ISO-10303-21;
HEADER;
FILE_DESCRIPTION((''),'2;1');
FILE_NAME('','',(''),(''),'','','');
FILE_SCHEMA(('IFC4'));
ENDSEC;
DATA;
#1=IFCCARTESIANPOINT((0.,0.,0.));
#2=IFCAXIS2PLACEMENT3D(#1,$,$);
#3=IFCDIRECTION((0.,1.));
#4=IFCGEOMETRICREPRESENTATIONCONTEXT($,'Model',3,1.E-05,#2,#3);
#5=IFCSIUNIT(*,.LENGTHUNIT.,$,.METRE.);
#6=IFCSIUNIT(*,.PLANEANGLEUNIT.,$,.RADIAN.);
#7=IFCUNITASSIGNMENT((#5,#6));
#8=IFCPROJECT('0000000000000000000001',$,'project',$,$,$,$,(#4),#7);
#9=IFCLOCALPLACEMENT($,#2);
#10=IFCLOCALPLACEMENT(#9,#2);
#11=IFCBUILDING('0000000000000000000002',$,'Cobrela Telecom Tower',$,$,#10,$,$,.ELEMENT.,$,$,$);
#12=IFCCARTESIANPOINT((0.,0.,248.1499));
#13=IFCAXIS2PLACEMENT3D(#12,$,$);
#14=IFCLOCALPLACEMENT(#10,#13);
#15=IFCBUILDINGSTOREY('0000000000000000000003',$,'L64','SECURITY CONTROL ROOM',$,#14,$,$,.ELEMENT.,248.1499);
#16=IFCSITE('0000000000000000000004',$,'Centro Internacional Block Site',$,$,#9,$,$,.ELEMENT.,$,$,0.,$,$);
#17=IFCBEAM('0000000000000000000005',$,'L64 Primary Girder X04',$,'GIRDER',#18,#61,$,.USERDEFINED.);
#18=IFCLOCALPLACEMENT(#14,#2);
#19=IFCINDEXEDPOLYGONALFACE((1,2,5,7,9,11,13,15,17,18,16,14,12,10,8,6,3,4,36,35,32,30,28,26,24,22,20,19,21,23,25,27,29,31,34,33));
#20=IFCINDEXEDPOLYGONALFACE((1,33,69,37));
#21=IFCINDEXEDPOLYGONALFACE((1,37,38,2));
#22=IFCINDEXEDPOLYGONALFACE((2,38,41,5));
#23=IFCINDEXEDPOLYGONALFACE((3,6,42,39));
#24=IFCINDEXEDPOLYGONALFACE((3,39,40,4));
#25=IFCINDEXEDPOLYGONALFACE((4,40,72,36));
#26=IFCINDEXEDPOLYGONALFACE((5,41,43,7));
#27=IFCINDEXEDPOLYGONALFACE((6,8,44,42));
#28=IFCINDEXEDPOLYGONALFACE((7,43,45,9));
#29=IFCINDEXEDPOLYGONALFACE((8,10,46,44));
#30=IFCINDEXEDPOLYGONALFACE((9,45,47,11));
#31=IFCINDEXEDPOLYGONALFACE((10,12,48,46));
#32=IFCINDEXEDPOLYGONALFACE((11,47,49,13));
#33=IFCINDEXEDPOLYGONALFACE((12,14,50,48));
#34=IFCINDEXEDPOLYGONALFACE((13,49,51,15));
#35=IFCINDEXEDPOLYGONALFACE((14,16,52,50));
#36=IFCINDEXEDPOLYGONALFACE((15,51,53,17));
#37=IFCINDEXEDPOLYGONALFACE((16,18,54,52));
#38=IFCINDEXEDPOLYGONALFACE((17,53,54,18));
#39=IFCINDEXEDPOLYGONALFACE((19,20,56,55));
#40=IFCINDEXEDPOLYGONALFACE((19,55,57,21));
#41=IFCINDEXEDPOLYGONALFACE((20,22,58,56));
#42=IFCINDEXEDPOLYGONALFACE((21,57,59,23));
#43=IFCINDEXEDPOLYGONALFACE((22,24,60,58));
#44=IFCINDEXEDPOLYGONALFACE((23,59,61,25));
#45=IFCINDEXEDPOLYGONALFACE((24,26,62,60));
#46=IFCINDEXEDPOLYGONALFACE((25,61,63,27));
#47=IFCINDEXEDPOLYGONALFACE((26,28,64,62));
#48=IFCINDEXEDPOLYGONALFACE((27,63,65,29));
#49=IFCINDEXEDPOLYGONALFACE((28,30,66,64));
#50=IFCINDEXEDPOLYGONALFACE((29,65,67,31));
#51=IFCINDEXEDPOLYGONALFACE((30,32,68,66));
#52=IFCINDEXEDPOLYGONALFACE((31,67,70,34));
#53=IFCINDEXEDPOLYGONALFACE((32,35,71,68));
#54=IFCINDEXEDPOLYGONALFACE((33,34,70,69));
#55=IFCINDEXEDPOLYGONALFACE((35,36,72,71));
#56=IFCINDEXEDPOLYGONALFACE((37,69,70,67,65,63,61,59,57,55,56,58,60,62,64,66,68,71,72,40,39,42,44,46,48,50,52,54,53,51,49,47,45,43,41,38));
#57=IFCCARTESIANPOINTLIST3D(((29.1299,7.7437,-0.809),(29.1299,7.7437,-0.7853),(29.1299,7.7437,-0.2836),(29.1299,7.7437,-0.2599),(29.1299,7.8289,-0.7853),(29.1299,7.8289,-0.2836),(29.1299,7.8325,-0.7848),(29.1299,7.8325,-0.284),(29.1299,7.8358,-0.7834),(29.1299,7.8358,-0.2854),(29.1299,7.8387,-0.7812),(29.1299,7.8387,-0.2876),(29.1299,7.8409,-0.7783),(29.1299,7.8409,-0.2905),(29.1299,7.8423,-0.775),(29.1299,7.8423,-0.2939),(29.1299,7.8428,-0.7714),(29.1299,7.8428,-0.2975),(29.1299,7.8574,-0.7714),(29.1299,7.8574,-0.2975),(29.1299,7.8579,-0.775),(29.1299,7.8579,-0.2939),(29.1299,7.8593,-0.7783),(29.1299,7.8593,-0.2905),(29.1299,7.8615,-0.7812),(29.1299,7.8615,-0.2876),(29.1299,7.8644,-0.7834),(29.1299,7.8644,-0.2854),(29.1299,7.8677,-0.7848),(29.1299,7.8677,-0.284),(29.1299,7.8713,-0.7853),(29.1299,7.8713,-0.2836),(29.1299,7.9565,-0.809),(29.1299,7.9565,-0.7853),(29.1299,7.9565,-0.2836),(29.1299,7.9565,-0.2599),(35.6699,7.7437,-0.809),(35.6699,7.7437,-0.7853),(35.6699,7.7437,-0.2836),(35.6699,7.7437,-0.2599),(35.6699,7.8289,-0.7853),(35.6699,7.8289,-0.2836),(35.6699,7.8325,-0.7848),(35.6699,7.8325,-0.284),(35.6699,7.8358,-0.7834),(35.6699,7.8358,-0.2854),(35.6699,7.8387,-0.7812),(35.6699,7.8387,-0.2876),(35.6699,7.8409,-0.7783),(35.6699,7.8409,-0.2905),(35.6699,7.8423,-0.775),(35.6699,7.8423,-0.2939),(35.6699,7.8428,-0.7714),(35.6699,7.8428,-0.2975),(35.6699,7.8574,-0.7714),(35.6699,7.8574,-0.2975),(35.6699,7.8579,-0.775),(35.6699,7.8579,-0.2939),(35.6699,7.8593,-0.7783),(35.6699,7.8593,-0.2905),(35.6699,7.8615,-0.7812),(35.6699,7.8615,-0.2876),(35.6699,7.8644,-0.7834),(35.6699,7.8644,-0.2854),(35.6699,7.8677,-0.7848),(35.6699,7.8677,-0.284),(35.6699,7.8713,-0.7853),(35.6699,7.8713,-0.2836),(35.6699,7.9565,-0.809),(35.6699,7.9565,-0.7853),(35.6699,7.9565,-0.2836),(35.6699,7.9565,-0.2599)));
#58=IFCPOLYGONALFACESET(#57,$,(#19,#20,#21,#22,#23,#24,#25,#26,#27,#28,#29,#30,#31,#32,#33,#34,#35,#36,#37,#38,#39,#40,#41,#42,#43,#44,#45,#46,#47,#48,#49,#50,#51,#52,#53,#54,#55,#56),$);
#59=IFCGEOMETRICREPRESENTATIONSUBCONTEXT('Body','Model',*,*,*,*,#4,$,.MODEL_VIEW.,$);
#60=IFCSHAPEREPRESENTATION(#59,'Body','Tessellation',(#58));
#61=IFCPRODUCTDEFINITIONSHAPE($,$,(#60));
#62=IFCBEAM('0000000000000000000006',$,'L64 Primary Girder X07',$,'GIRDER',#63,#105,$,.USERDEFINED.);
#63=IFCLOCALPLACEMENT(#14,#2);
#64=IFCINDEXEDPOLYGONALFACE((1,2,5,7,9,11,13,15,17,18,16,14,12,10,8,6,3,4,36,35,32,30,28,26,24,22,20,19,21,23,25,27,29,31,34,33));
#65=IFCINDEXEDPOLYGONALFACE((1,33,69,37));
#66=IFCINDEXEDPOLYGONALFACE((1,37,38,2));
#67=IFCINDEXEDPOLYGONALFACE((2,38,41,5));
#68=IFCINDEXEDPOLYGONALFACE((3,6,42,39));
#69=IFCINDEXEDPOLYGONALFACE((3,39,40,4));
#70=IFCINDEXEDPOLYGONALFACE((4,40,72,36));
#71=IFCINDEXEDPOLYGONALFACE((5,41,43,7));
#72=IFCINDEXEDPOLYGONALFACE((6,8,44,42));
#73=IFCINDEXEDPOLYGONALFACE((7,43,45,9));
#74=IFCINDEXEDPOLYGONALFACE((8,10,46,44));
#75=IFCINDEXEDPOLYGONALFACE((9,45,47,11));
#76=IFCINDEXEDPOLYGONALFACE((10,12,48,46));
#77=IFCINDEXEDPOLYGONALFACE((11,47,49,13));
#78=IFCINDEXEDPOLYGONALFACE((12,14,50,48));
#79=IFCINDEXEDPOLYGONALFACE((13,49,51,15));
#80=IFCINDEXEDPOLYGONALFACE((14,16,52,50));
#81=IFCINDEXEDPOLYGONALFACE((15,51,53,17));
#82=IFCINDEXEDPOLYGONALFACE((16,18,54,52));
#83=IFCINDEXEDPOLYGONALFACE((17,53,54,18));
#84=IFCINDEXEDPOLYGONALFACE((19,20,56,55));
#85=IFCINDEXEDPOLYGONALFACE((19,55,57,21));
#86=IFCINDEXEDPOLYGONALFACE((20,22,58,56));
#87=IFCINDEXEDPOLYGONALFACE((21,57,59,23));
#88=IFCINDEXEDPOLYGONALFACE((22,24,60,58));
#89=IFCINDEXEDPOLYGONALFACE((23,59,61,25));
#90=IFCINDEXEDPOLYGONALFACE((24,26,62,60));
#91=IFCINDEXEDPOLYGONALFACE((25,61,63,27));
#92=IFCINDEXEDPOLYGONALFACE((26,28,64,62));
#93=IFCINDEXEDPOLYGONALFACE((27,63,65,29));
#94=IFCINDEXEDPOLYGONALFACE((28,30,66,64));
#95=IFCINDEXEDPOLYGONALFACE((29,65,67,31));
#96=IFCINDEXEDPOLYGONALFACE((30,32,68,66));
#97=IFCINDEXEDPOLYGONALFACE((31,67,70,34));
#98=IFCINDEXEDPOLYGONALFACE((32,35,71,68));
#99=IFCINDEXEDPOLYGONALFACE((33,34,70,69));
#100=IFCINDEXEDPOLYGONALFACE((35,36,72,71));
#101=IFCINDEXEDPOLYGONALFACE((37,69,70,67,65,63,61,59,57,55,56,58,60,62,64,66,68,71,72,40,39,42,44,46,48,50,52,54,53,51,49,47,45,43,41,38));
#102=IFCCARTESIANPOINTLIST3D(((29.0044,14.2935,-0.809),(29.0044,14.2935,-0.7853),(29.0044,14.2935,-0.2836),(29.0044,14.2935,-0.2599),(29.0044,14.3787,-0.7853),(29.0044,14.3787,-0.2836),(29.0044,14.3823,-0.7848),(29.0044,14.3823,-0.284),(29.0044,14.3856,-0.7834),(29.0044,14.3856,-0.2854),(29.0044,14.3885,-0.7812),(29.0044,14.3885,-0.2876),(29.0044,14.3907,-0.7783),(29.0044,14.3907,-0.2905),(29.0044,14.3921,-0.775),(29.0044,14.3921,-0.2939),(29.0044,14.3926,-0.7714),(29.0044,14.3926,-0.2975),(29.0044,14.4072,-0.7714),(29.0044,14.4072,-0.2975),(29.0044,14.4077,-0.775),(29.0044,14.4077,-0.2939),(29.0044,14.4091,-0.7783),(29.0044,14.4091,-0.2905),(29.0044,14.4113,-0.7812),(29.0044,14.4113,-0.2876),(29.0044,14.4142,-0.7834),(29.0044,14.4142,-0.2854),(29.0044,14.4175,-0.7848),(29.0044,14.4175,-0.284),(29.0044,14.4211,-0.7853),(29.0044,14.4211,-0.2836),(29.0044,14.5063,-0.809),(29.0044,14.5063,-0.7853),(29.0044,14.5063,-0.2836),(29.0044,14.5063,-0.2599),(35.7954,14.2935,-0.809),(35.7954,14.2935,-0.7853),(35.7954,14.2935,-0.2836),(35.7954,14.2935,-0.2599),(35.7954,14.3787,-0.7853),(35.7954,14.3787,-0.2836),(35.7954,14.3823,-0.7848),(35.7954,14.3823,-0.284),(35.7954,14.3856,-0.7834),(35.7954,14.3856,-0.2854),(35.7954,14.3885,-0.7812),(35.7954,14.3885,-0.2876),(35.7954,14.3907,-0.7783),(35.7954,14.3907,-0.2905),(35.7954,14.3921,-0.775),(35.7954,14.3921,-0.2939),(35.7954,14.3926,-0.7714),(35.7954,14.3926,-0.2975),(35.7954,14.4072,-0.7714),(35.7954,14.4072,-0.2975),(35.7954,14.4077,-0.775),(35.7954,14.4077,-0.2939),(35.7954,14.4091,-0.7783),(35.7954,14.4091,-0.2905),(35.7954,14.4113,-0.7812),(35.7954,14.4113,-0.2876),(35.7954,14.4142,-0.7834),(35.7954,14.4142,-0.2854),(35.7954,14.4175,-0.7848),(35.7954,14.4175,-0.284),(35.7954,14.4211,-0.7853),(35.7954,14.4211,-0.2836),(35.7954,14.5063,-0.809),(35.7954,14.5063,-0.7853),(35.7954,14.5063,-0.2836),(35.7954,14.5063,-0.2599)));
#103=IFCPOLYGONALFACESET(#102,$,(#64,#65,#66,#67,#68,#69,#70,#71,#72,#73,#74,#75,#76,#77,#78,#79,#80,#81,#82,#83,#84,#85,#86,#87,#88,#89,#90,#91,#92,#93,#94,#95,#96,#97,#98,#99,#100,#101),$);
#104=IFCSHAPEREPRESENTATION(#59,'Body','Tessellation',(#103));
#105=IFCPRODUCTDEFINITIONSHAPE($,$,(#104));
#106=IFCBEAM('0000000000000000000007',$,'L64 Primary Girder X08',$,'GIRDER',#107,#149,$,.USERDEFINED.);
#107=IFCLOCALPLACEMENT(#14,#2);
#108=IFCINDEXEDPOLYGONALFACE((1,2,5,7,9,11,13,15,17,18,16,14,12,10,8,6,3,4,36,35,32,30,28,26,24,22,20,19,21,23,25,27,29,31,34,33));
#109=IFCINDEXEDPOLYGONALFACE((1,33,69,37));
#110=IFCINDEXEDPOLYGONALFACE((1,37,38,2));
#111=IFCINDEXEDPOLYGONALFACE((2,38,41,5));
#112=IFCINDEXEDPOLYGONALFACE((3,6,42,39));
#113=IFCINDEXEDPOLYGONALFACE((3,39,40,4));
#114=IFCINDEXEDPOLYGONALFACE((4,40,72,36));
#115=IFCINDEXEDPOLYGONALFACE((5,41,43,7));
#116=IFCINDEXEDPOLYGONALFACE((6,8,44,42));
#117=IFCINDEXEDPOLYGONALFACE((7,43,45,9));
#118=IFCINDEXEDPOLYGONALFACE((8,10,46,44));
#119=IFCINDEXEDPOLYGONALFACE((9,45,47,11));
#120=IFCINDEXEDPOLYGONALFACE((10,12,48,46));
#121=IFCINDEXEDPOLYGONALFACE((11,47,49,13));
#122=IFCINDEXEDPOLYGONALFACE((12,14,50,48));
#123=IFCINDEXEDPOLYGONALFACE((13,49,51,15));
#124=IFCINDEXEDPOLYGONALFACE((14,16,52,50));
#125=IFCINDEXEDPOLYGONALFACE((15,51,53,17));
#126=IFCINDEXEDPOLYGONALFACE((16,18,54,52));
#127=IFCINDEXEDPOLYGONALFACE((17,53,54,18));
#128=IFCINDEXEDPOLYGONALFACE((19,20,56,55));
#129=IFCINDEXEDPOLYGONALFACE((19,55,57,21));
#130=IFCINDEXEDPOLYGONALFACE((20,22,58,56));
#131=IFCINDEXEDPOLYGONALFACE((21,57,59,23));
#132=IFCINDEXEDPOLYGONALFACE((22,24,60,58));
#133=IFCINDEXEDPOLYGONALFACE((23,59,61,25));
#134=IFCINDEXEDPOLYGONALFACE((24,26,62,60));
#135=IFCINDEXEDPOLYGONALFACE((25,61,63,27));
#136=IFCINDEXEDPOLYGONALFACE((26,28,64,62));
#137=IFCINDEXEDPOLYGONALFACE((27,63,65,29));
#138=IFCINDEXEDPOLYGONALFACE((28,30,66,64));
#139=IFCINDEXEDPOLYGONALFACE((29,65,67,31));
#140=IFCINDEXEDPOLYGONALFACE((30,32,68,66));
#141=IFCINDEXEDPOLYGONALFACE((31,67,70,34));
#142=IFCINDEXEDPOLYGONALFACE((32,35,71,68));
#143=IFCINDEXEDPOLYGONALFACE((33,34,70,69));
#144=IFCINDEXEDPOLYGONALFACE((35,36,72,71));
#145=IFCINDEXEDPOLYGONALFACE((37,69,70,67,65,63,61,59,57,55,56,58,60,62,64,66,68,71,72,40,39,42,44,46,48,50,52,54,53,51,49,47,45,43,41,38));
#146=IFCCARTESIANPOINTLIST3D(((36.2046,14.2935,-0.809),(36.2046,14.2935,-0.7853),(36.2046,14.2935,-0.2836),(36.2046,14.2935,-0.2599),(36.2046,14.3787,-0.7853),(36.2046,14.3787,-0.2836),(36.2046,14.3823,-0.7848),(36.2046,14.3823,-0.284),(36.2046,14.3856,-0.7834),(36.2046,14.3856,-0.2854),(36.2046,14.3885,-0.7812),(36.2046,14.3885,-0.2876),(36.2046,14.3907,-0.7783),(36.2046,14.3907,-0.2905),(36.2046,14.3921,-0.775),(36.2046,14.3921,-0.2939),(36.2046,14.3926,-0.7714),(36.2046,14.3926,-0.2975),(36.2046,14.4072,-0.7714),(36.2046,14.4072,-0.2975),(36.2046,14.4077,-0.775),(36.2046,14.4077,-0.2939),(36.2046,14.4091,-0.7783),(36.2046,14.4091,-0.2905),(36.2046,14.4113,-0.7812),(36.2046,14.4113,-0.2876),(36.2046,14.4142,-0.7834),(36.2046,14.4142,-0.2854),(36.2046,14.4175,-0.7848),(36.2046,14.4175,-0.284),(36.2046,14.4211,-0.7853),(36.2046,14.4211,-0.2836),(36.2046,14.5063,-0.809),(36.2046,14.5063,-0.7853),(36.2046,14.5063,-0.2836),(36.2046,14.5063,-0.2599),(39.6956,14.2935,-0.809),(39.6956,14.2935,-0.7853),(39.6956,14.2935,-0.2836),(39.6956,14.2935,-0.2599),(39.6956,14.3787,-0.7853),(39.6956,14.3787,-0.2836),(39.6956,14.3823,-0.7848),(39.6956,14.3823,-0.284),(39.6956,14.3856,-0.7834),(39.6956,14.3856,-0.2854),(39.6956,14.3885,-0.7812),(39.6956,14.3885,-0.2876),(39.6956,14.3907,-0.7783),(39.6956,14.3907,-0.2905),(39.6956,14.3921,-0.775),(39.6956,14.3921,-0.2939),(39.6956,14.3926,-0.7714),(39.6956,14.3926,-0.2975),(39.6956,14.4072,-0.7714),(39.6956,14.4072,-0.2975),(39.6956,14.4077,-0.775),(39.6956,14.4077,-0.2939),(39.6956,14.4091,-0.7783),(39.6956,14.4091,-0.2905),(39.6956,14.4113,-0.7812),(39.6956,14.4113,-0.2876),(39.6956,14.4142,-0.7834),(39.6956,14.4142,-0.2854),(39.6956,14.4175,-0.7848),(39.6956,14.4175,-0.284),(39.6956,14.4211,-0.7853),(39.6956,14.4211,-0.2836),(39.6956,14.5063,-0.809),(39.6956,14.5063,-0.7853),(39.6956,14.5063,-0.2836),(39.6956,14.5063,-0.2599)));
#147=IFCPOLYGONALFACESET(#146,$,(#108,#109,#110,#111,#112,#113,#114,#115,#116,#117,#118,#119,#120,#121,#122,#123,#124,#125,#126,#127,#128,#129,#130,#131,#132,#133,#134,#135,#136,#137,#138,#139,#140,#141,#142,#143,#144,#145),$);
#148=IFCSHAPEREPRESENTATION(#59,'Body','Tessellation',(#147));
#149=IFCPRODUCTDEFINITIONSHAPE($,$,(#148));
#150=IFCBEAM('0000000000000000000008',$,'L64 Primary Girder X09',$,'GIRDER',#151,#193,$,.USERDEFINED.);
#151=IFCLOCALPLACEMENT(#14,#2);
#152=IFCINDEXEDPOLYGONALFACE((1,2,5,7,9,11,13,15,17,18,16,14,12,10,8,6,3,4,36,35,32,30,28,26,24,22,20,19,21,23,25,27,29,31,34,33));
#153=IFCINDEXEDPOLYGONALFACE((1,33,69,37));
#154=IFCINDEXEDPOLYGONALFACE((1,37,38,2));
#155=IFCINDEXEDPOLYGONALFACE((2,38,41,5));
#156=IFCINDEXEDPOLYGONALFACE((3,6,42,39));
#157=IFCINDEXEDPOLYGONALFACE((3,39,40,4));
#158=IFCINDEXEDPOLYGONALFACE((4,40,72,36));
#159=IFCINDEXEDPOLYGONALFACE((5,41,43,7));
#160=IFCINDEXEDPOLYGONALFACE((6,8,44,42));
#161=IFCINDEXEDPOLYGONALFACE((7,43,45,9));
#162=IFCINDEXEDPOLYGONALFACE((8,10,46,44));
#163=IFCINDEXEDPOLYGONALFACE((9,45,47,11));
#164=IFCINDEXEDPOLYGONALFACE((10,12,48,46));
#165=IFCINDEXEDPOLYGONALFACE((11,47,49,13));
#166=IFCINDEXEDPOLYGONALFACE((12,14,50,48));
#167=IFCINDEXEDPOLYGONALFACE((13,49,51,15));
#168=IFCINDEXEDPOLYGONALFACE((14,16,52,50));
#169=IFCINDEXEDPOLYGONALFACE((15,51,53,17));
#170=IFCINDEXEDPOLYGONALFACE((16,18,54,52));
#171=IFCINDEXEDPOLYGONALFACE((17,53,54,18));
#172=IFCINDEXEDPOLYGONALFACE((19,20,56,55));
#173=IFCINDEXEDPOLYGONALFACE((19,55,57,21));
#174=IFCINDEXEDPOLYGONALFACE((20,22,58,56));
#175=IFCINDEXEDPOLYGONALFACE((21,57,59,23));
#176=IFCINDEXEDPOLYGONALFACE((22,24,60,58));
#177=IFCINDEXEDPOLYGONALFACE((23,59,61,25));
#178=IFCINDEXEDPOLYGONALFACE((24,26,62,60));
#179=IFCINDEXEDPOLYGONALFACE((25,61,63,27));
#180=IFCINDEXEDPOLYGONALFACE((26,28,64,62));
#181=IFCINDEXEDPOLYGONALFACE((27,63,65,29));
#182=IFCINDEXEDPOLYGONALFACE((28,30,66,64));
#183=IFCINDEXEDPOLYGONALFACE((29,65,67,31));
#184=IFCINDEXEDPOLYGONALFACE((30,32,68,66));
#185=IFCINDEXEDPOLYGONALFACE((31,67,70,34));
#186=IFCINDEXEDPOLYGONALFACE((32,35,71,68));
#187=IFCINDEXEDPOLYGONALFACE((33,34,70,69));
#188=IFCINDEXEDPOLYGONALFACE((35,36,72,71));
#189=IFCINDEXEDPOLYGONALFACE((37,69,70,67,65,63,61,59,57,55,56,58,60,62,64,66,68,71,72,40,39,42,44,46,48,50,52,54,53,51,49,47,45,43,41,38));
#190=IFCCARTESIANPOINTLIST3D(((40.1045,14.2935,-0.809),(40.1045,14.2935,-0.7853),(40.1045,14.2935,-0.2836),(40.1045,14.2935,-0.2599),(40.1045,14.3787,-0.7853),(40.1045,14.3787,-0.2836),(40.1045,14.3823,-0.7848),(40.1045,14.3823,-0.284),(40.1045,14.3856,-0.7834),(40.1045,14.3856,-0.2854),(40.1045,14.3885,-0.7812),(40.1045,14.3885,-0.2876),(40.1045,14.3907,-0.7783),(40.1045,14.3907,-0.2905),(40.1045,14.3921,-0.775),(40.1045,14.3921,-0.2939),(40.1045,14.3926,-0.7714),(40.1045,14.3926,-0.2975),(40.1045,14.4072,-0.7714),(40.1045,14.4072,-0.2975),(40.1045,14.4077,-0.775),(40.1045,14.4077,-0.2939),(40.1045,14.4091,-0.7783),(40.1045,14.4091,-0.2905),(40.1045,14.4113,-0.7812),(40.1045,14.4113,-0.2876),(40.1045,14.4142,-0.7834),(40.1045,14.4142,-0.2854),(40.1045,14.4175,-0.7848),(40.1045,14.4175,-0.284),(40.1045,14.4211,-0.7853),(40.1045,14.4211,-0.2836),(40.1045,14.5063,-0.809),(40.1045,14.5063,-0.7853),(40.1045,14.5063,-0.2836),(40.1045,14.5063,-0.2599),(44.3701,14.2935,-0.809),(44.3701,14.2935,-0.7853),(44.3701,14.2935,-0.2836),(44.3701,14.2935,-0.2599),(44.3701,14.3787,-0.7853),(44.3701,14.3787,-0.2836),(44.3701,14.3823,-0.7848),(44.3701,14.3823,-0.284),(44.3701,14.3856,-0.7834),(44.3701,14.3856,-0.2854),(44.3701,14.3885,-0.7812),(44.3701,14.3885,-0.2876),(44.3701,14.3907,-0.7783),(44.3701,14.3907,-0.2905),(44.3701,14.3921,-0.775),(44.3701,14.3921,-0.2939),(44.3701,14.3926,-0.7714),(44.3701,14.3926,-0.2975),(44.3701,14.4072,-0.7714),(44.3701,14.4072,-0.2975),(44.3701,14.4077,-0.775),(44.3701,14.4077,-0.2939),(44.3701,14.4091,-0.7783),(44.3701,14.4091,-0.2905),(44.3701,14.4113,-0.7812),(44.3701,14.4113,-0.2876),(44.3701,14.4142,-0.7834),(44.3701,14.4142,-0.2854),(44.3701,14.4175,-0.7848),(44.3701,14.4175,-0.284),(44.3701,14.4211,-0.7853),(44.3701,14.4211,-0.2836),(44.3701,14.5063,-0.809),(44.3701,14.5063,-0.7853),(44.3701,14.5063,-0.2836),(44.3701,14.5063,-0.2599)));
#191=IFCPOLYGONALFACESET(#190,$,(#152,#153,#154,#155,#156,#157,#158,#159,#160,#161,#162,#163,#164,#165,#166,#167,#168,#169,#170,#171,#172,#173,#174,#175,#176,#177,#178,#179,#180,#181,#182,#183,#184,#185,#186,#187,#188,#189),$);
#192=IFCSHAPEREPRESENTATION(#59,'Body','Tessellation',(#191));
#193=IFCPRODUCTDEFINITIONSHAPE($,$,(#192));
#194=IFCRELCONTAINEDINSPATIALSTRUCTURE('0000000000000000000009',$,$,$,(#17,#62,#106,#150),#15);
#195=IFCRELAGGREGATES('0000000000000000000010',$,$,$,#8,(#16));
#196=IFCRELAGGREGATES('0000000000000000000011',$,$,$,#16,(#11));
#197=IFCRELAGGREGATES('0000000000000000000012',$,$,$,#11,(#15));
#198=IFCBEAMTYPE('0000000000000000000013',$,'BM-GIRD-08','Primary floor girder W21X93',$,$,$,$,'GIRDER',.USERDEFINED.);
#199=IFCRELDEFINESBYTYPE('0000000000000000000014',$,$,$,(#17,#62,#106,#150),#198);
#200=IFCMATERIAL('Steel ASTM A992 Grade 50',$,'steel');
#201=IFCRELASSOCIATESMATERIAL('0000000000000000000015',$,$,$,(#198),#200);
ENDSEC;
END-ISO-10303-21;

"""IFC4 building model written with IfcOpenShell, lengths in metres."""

from ifc_helpers import new_model, si_unit, direction, frame, origin, origin_2d, place, context, subcontext, project, spatial, i_section, extrude, material, material_profile, profile_set, type_object, element, save


model = new_model("IFC4")

# Units and contexts
model_context = context("Model", 3, precision=1e-05, world=origin(), true_north=direction((0.0, 1.0)))
body_context = subcontext(model_context, "Body", "Model", "MODEL_VIEW")
ifc_project = project(units=[si_unit("LENGTHUNIT", "METRE"), si_unit("PLANEANGLEUNIT", "RADIAN")], contexts=[model_context])

# Site, building, storey
site_placement = place(None, origin())
site = spatial("IfcSite", under=ifc_project, at=site_placement, Name="Centro Internacional Block Site", CompositionType="ELEMENT", RefElevation=0.0)
building_placement = place(site_placement, origin())
building = spatial("IfcBuilding", under=site, at=building_placement, Name="Cobrela Telecom Tower", CompositionType="ELEMENT")
storey_placement = place(building_placement, frame((0.0, 0.0, 248.1499)))
storey = spatial("IfcBuildingStorey", under=building, at=storey_placement, Name="L64", Description="SECURITY CONTROL ROOM", CompositionType="ELEMENT", Elevation=248.1499)

# Shared definitions
ifc_material_1 = material(Name="Steel ASTM A992 Grade 50", Category="steel")

# Beams
ifc_material_profile_1 = material_profile(ifc_material_1, i_section(OverallWidth=0.2129, OverallDepth=0.5491, WebThickness=0.0146, FlangeThickness=0.0237, FilletRadius=0.0139, at=origin_2d()), Name="W21X93")
ifc_profile_set_1 = profile_set([ifc_material_profile_1], Name="Steel ASTM A992 Grade 50")
beam_type_1 = type_object("IfcBeamType", Name="BM-GIRD-08", Description="Primary floor girder W21X93", ElementType="GIRDER", PredefinedType="USERDEFINED", material=ifc_profile_set_1)
beam_1_placement = place(storey_placement, frame((29.1299, 7.8501, -0.5344), z_axis=(1.0, 0.0, 0.0), x_axis=(0.0, 1.0, 0.0)))
element("IfcBeam", 1, at=beam_1_placement, inside=storey, type_object=beam_type_1, Name="L64 Primary Girder X04", ObjectType="GIRDER", PredefinedType="USERDEFINED", context=body_context, shape_type="SweptSolid", body=[
    extrude(i_section(OverallWidth=0.2129, OverallDepth=0.5491, WebThickness=0.0146, FlangeThickness=0.0237, FilletRadius=0.0139, at=origin_2d()), origin(), (0.0, 0.0, 1.0), 6.54),
])
beam_2_placement = place(storey_placement, frame((29.0044, 14.3999, -0.5344), z_axis=(1.0, 0.0, 0.0), x_axis=(0.0, 1.0, 0.0)))
element("IfcBeam", 2, at=beam_2_placement, inside=storey, type_object=beam_type_1, Name="L64 Primary Girder X07", ObjectType="GIRDER", PredefinedType="USERDEFINED", context=body_context, shape_type="SweptSolid", body=[
    extrude(i_section(OverallWidth=0.2129, OverallDepth=0.5491, WebThickness=0.0146, FlangeThickness=0.0237, FilletRadius=0.0139, at=origin_2d()), origin(), (0.0, 0.0, 1.0), 6.791),
])
beam_3_placement = place(storey_placement, frame((36.2046, 14.3999, -0.5344), z_axis=(1.0, 0.0, 0.0), x_axis=(0.0, 1.0, 0.0)))
element("IfcBeam", 3, at=beam_3_placement, inside=storey, type_object=beam_type_1, Name="L64 Primary Girder X08", ObjectType="GIRDER", PredefinedType="USERDEFINED", context=body_context, shape_type="SweptSolid", body=[
    extrude(i_section(OverallWidth=0.2129, OverallDepth=0.5491, WebThickness=0.0146, FlangeThickness=0.0237, FilletRadius=0.0139, at=origin_2d()), origin(), (0.0, 0.0, 1.0), 3.491),
])
beam_4_placement = place(storey_placement, frame((40.1045, 14.3999, -0.5344), z_axis=(1.0, 0.0, 0.0), x_axis=(0.0, 1.0, 0.0)))
element("IfcBeam", 4, at=beam_4_placement, inside=storey, type_object=beam_type_1, Name="L64 Primary Girder X09", ObjectType="GIRDER", PredefinedType="USERDEFINED", context=body_context, shape_type="SweptSolid", body=[
    extrude(i_section(OverallWidth=0.2129, OverallDepth=0.5491, WebThickness=0.0146, FlangeThickness=0.0237, FilletRadius=0.0139, at=origin_2d()), origin(), (0.0, 0.0, 1.0), 4.2656),
])

save(model, "model.ifc")
